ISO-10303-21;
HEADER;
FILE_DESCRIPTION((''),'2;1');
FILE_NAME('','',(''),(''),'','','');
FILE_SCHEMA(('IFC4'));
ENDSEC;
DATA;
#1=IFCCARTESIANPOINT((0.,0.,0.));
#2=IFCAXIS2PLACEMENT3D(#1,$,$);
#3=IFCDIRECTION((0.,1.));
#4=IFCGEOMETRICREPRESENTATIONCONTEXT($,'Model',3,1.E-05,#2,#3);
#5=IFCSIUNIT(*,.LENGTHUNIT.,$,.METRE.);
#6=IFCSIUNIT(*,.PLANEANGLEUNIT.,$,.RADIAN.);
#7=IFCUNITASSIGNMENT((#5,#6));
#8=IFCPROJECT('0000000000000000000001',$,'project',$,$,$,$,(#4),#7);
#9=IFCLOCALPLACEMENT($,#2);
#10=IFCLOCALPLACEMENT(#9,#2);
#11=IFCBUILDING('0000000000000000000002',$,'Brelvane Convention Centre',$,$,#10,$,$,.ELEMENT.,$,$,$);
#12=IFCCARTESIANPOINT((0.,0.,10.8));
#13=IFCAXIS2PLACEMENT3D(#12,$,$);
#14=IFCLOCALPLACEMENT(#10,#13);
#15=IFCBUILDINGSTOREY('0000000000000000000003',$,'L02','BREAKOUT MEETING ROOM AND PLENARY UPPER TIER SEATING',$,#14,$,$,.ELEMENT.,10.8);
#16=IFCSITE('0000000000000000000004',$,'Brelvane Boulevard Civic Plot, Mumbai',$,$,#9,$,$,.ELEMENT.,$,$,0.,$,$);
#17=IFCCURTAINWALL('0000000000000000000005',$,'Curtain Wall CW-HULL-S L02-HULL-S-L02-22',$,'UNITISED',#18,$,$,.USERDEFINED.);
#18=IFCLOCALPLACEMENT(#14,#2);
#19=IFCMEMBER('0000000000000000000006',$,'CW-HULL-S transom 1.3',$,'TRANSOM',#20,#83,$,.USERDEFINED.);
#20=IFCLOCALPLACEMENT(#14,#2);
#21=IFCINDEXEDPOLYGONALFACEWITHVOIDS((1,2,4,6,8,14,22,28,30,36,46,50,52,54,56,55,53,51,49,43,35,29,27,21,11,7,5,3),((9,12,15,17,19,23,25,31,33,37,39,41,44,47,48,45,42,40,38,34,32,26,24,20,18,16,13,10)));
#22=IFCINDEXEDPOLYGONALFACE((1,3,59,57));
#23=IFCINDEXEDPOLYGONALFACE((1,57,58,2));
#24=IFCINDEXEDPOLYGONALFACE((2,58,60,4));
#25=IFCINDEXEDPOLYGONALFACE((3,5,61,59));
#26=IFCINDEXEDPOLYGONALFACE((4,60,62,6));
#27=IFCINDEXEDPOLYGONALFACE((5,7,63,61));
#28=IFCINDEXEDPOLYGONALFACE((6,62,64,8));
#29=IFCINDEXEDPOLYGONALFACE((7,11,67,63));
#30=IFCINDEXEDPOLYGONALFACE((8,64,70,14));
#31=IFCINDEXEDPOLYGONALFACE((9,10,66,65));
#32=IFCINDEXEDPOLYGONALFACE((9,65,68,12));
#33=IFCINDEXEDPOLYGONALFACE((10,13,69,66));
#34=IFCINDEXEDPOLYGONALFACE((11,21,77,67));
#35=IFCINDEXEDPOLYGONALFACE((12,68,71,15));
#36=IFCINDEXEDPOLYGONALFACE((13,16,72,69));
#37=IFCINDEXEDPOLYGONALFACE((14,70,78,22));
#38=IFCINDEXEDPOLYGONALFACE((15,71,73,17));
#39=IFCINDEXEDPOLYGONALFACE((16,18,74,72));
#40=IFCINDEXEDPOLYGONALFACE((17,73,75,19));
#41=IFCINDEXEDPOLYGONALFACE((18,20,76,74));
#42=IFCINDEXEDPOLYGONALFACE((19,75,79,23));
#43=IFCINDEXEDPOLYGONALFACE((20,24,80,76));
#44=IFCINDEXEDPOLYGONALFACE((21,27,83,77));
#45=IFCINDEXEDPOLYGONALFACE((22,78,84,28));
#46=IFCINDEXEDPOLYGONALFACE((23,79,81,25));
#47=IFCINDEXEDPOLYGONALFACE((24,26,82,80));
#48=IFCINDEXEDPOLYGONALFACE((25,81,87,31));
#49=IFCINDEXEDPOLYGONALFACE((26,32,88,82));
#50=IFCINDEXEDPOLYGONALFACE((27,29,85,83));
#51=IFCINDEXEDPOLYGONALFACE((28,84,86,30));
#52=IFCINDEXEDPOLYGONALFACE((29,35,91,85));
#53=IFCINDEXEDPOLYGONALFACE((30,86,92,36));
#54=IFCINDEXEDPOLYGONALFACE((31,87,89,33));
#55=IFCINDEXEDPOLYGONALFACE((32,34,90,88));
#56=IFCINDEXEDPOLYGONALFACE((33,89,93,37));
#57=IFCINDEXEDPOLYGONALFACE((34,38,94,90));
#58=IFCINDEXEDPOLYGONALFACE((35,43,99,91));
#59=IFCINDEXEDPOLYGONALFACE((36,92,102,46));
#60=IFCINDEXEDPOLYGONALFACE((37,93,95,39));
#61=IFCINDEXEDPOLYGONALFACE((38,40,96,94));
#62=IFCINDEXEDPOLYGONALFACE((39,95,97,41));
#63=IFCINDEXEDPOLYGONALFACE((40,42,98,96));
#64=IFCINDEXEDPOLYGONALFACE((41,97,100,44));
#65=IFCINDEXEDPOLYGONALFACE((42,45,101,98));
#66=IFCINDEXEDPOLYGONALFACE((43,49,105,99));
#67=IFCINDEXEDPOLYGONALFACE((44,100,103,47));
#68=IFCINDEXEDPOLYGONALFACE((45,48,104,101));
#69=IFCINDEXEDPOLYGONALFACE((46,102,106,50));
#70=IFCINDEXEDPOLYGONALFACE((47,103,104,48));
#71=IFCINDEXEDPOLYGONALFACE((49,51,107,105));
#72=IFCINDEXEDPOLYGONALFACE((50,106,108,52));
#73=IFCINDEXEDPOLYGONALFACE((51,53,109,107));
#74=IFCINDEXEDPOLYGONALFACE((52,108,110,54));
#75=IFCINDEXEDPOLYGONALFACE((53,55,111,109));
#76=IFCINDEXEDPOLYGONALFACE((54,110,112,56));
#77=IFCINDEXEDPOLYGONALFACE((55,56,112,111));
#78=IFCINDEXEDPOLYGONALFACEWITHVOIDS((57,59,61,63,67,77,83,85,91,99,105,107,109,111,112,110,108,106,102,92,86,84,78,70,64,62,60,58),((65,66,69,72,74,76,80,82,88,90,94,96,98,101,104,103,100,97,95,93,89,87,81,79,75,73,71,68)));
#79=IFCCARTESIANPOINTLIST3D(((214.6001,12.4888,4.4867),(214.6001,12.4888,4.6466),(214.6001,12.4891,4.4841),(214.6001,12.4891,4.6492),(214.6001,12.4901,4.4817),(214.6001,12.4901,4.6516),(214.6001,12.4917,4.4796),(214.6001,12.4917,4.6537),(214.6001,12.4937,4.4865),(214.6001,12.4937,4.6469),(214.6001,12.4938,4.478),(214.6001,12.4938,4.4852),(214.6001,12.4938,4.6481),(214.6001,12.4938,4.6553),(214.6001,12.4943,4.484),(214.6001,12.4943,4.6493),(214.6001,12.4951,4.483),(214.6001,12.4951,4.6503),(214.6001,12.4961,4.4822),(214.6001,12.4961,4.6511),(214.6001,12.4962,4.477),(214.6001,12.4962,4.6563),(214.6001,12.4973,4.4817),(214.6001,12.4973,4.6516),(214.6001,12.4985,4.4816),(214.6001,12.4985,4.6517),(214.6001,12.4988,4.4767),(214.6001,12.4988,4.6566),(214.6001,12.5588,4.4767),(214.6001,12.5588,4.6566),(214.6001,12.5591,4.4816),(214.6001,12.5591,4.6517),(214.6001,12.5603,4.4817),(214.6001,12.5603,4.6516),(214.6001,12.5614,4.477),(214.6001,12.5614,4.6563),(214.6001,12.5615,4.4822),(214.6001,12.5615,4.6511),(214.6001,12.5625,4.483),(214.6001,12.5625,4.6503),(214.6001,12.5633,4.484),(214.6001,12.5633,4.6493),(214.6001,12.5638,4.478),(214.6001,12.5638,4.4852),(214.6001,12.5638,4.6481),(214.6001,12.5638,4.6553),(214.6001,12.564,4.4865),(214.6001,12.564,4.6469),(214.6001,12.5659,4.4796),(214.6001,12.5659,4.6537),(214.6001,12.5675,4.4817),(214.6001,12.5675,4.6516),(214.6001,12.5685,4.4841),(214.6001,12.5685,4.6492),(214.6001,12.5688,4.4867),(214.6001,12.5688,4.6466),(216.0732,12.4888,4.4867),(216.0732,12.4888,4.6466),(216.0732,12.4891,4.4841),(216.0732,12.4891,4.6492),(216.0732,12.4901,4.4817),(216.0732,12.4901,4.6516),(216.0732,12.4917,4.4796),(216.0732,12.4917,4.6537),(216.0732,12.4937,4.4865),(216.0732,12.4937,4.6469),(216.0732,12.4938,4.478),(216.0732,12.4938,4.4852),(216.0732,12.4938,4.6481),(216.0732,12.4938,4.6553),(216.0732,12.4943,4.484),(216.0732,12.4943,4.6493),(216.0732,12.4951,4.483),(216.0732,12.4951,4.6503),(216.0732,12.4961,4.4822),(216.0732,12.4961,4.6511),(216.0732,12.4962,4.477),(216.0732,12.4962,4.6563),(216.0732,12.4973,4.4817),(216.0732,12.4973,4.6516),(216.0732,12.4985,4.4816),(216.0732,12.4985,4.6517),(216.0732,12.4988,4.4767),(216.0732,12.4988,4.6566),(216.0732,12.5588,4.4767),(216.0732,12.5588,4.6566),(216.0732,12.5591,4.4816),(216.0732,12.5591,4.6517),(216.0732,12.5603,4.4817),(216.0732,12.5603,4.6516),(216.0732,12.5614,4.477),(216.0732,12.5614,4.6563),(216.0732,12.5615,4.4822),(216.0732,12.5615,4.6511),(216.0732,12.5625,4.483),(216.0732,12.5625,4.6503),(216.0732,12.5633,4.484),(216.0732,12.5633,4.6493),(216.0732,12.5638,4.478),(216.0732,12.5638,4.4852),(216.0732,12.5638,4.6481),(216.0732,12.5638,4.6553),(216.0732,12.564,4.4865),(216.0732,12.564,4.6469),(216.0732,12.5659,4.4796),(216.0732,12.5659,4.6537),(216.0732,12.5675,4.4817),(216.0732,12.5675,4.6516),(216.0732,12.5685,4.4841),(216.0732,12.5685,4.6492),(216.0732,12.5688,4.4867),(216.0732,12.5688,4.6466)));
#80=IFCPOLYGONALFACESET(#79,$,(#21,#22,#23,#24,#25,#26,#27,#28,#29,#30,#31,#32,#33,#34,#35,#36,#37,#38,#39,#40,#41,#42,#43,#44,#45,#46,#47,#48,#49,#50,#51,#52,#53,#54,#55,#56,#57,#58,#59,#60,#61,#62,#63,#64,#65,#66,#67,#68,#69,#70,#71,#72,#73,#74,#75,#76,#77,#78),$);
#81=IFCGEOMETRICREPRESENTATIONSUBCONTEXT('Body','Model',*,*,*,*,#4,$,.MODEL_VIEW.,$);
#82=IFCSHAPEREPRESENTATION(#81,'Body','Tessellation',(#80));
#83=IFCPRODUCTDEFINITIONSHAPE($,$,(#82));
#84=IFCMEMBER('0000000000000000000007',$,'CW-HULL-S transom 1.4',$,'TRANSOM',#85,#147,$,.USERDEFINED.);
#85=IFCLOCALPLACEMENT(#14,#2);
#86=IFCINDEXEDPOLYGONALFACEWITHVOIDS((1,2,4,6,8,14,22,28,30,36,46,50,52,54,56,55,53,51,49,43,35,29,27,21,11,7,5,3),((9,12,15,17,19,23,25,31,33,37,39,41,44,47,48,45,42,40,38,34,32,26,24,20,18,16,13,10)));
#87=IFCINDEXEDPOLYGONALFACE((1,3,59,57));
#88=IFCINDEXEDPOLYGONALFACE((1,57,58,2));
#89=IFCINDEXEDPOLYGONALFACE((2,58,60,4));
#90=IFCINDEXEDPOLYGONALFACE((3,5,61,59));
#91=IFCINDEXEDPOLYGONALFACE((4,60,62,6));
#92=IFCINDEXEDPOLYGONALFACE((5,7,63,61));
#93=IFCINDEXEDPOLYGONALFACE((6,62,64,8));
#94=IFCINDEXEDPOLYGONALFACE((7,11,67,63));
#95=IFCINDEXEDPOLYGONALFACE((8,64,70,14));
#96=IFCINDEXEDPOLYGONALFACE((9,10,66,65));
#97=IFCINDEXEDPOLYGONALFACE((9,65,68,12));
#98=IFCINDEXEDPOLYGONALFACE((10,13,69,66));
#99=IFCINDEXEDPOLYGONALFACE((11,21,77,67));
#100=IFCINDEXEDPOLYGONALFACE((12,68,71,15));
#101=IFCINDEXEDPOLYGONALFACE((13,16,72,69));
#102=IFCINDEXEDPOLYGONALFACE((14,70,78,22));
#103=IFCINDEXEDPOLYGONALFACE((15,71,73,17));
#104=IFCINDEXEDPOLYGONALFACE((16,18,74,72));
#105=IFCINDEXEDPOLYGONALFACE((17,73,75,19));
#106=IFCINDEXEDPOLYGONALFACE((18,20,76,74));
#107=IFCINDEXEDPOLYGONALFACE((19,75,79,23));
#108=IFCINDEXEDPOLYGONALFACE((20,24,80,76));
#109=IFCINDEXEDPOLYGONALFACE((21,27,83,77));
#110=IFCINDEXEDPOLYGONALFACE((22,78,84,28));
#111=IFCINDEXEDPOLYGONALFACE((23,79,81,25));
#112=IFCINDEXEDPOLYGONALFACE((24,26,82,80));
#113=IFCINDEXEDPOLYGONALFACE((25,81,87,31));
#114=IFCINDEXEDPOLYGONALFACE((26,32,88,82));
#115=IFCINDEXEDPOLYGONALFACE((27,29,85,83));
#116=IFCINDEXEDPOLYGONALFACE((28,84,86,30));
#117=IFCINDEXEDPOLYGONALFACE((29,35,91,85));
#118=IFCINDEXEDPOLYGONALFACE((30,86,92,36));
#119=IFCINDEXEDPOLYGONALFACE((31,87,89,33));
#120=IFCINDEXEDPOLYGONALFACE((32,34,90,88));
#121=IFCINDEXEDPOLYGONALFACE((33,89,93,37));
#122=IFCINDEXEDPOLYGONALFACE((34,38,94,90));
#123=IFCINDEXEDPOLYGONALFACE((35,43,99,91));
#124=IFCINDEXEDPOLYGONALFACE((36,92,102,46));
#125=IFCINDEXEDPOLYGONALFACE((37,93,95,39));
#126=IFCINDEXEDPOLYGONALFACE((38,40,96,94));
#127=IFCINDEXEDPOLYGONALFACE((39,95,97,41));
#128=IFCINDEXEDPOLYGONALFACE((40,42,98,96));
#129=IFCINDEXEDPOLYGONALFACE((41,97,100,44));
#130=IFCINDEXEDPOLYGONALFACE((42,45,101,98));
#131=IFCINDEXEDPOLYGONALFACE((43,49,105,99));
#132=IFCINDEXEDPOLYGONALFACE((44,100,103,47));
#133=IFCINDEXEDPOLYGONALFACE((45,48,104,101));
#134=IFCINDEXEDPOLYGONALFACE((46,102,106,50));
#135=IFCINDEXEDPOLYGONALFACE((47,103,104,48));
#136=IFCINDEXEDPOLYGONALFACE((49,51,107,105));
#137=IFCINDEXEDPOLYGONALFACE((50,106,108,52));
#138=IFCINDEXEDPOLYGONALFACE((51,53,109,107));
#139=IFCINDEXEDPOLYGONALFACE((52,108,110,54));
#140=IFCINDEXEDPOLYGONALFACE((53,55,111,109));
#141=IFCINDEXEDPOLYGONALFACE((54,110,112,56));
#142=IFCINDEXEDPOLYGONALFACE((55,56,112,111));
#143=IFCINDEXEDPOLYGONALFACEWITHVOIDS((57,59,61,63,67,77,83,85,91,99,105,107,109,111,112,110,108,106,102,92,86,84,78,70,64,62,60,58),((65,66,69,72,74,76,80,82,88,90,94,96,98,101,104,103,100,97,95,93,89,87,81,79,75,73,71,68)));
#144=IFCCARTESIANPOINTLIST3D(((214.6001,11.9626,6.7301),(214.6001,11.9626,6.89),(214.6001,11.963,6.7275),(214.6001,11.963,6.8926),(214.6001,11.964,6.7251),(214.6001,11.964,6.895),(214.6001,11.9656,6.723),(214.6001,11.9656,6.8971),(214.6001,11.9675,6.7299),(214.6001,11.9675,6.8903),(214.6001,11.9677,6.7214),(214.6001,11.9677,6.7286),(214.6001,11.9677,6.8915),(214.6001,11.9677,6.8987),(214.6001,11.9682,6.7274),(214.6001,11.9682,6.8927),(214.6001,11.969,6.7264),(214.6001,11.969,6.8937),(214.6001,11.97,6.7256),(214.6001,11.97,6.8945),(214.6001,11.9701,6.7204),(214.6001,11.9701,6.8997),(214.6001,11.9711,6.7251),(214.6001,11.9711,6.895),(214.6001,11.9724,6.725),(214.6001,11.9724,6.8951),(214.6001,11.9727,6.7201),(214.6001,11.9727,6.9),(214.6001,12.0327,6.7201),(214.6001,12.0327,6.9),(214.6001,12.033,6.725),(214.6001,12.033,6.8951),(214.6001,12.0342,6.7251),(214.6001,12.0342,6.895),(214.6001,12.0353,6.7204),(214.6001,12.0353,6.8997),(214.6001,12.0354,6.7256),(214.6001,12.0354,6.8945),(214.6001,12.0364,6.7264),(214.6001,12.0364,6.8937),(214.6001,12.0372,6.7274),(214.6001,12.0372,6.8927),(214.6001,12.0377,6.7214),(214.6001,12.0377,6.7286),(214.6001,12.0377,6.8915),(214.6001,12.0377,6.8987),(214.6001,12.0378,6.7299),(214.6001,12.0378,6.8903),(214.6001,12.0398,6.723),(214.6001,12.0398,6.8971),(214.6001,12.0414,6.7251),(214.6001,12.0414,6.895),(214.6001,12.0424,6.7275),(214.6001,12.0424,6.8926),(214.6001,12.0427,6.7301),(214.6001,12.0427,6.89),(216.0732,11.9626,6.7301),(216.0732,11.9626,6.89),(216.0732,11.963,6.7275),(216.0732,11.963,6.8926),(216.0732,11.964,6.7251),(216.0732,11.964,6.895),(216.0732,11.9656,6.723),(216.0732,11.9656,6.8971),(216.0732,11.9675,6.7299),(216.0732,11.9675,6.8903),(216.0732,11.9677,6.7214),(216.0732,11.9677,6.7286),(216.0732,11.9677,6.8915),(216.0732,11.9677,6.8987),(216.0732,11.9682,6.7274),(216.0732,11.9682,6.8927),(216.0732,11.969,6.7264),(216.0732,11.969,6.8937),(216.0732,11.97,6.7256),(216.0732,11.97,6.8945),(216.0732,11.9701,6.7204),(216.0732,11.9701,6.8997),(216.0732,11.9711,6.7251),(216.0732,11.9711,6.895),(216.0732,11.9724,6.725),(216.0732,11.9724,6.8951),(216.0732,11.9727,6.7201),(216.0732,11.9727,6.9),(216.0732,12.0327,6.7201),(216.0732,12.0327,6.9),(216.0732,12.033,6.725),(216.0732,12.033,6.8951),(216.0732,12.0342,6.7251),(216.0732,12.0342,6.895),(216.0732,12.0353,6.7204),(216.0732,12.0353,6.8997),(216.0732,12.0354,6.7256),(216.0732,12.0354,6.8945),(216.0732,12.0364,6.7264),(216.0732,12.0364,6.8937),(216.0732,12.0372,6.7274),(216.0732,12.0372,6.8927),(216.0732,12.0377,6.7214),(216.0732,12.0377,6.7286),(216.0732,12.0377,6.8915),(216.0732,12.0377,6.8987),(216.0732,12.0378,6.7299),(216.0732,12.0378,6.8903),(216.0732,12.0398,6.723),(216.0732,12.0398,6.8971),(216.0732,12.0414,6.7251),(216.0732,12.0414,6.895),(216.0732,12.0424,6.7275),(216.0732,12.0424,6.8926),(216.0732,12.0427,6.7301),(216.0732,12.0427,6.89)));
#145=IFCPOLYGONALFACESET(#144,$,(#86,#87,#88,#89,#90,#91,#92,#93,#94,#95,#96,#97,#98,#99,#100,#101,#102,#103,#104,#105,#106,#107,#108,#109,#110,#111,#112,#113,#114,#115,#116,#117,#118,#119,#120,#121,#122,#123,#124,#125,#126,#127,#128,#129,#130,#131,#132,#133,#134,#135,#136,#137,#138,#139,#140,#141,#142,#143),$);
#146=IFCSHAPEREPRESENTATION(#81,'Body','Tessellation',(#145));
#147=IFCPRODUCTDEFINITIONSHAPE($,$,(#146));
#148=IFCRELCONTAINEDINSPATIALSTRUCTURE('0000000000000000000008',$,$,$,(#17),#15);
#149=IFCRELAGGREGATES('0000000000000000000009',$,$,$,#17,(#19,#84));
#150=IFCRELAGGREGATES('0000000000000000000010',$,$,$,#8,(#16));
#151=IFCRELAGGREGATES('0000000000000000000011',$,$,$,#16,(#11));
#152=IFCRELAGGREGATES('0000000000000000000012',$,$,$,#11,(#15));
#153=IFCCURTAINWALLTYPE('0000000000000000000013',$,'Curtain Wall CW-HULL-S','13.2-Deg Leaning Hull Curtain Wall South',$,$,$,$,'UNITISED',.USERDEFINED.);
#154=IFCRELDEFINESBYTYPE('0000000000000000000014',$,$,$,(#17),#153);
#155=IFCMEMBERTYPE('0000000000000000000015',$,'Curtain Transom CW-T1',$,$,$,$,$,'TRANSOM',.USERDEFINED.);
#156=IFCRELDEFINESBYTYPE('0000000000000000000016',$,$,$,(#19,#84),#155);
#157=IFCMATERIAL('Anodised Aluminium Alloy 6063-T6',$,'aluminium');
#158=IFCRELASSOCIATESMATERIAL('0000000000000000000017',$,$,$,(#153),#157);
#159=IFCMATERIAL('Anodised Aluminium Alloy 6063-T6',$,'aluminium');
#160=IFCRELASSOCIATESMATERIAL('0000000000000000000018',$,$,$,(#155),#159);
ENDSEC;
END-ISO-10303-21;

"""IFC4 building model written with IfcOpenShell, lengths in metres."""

from ifc_helpers import new_model, si_unit, direction, frame, origin, origin_2d, place, context, subcontext, project, spatial, hollow_rectangle, extrude, material, material_profile, profile_set, type_object, element, aggregate, save


model = new_model("IFC4")

# Units and contexts
model_context = context("Model", 3, precision=1e-05, world=origin(), true_north=direction((0.0, 1.0)))
body_context = subcontext(model_context, "Body", "Model", "MODEL_VIEW")
ifc_project = project(units=[si_unit("LENGTHUNIT", "METRE"), si_unit("PLANEANGLEUNIT", "RADIAN")], contexts=[model_context])

# Site, building, storey
site_placement = place(None, origin())
site = spatial("IfcSite", under=ifc_project, at=site_placement, Name="Brelvane Boulevard Civic Plot, Mumbai", CompositionType="ELEMENT", RefElevation=0.0)
building_placement = place(site_placement, origin())
building = spatial("IfcBuilding", under=site, at=building_placement, Name="Brelvane Convention Centre", CompositionType="ELEMENT")
storey_placement = place(building_placement, frame((0.0, 0.0, 10.8)))
storey = spatial("IfcBuildingStorey", under=building, at=storey_placement, Name="L02", Description="BREAKOUT MEETING ROOM AND PLENARY UPPER TIER SEATING", CompositionType="ELEMENT", Elevation=10.8)

# Curtain wall, members
ifc_material_1 = material(Name="Anodised Aluminium Alloy 6063-T6", Category="aluminium")
curtain_wall_type = type_object("IfcCurtainWallType", Name="Curtain Wall CW-HULL-S", Description="13.2-Deg Leaning Hull Curtain Wall South", ElementType="UNITISED", PredefinedType="USERDEFINED", material=ifc_material_1)
curtain_wall_placement = place(storey_placement, origin())
curtain_wall = element("IfcCurtainWall", 1, at=curtain_wall_placement, inside=storey, type_object=curtain_wall_type, Name="Curtain Wall CW-HULL-S L02-HULL-S-L02-22", ObjectType="UNITISED", PredefinedType="USERDEFINED")
ifc_material_2 = material(Name="Anodised Aluminium Alloy 6063-T6", Category="aluminium")
ifc_material_profile_1 = material_profile(ifc_material_2, hollow_rectangle(XDim=0.0801, YDim=0.1799, WallThickness=0.0049, InnerFilletRadius=0.0049, OuterFilletRadius=0.01, at=origin_2d()), Name="ALU-T 180x80x5.0")
ifc_profile_set_1 = profile_set([ifc_material_profile_1], Name="Anodised Aluminium Alloy 6063-T6")
member_type_1 = type_object("IfcMemberType", Name="Curtain Transom CW-T1", ElementType="TRANSOM", PredefinedType="USERDEFINED", material=ifc_profile_set_1)
member_1_placement = place(storey_placement, frame((214.6001, 12.5288, 4.5667), z_axis=(1.0, 0.0, 0.0), x_axis=(0.0, 1.0, 0.0)))
member_1 = element("IfcMember", 2, at=member_1_placement, type_object=member_type_1, Name="CW-HULL-S transom 1.3", ObjectType="TRANSOM", PredefinedType="USERDEFINED", context=body_context, shape_type="SweptSolid", body=[
    extrude(hollow_rectangle(XDim=0.0801, YDim=0.1799, WallThickness=0.0049, InnerFilletRadius=0.0049, OuterFilletRadius=0.01, at=origin_2d()), origin(), (0.0, 0.0, 1.0), 1.4731),
])
member_2_placement = place(storey_placement, frame((214.6001, 12.0027, 6.8101), z_axis=(1.0, 0.0, 0.0), x_axis=(0.0, 1.0, 0.0)))
member_2 = element("IfcMember", 3, at=member_2_placement, type_object=member_type_1, Name="CW-HULL-S transom 1.4", ObjectType="TRANSOM", PredefinedType="USERDEFINED", context=body_context, shape_type="SweptSolid", body=[
    extrude(hollow_rectangle(XDim=0.0801, YDim=0.1799, WallThickness=0.0049, InnerFilletRadius=0.0049, OuterFilletRadius=0.01, at=origin_2d()), origin(), (0.0, 0.0, 1.0), 1.4731),
])

aggregate(curtain_wall, [member_1, member_2])

save(model, "model.ifc")
